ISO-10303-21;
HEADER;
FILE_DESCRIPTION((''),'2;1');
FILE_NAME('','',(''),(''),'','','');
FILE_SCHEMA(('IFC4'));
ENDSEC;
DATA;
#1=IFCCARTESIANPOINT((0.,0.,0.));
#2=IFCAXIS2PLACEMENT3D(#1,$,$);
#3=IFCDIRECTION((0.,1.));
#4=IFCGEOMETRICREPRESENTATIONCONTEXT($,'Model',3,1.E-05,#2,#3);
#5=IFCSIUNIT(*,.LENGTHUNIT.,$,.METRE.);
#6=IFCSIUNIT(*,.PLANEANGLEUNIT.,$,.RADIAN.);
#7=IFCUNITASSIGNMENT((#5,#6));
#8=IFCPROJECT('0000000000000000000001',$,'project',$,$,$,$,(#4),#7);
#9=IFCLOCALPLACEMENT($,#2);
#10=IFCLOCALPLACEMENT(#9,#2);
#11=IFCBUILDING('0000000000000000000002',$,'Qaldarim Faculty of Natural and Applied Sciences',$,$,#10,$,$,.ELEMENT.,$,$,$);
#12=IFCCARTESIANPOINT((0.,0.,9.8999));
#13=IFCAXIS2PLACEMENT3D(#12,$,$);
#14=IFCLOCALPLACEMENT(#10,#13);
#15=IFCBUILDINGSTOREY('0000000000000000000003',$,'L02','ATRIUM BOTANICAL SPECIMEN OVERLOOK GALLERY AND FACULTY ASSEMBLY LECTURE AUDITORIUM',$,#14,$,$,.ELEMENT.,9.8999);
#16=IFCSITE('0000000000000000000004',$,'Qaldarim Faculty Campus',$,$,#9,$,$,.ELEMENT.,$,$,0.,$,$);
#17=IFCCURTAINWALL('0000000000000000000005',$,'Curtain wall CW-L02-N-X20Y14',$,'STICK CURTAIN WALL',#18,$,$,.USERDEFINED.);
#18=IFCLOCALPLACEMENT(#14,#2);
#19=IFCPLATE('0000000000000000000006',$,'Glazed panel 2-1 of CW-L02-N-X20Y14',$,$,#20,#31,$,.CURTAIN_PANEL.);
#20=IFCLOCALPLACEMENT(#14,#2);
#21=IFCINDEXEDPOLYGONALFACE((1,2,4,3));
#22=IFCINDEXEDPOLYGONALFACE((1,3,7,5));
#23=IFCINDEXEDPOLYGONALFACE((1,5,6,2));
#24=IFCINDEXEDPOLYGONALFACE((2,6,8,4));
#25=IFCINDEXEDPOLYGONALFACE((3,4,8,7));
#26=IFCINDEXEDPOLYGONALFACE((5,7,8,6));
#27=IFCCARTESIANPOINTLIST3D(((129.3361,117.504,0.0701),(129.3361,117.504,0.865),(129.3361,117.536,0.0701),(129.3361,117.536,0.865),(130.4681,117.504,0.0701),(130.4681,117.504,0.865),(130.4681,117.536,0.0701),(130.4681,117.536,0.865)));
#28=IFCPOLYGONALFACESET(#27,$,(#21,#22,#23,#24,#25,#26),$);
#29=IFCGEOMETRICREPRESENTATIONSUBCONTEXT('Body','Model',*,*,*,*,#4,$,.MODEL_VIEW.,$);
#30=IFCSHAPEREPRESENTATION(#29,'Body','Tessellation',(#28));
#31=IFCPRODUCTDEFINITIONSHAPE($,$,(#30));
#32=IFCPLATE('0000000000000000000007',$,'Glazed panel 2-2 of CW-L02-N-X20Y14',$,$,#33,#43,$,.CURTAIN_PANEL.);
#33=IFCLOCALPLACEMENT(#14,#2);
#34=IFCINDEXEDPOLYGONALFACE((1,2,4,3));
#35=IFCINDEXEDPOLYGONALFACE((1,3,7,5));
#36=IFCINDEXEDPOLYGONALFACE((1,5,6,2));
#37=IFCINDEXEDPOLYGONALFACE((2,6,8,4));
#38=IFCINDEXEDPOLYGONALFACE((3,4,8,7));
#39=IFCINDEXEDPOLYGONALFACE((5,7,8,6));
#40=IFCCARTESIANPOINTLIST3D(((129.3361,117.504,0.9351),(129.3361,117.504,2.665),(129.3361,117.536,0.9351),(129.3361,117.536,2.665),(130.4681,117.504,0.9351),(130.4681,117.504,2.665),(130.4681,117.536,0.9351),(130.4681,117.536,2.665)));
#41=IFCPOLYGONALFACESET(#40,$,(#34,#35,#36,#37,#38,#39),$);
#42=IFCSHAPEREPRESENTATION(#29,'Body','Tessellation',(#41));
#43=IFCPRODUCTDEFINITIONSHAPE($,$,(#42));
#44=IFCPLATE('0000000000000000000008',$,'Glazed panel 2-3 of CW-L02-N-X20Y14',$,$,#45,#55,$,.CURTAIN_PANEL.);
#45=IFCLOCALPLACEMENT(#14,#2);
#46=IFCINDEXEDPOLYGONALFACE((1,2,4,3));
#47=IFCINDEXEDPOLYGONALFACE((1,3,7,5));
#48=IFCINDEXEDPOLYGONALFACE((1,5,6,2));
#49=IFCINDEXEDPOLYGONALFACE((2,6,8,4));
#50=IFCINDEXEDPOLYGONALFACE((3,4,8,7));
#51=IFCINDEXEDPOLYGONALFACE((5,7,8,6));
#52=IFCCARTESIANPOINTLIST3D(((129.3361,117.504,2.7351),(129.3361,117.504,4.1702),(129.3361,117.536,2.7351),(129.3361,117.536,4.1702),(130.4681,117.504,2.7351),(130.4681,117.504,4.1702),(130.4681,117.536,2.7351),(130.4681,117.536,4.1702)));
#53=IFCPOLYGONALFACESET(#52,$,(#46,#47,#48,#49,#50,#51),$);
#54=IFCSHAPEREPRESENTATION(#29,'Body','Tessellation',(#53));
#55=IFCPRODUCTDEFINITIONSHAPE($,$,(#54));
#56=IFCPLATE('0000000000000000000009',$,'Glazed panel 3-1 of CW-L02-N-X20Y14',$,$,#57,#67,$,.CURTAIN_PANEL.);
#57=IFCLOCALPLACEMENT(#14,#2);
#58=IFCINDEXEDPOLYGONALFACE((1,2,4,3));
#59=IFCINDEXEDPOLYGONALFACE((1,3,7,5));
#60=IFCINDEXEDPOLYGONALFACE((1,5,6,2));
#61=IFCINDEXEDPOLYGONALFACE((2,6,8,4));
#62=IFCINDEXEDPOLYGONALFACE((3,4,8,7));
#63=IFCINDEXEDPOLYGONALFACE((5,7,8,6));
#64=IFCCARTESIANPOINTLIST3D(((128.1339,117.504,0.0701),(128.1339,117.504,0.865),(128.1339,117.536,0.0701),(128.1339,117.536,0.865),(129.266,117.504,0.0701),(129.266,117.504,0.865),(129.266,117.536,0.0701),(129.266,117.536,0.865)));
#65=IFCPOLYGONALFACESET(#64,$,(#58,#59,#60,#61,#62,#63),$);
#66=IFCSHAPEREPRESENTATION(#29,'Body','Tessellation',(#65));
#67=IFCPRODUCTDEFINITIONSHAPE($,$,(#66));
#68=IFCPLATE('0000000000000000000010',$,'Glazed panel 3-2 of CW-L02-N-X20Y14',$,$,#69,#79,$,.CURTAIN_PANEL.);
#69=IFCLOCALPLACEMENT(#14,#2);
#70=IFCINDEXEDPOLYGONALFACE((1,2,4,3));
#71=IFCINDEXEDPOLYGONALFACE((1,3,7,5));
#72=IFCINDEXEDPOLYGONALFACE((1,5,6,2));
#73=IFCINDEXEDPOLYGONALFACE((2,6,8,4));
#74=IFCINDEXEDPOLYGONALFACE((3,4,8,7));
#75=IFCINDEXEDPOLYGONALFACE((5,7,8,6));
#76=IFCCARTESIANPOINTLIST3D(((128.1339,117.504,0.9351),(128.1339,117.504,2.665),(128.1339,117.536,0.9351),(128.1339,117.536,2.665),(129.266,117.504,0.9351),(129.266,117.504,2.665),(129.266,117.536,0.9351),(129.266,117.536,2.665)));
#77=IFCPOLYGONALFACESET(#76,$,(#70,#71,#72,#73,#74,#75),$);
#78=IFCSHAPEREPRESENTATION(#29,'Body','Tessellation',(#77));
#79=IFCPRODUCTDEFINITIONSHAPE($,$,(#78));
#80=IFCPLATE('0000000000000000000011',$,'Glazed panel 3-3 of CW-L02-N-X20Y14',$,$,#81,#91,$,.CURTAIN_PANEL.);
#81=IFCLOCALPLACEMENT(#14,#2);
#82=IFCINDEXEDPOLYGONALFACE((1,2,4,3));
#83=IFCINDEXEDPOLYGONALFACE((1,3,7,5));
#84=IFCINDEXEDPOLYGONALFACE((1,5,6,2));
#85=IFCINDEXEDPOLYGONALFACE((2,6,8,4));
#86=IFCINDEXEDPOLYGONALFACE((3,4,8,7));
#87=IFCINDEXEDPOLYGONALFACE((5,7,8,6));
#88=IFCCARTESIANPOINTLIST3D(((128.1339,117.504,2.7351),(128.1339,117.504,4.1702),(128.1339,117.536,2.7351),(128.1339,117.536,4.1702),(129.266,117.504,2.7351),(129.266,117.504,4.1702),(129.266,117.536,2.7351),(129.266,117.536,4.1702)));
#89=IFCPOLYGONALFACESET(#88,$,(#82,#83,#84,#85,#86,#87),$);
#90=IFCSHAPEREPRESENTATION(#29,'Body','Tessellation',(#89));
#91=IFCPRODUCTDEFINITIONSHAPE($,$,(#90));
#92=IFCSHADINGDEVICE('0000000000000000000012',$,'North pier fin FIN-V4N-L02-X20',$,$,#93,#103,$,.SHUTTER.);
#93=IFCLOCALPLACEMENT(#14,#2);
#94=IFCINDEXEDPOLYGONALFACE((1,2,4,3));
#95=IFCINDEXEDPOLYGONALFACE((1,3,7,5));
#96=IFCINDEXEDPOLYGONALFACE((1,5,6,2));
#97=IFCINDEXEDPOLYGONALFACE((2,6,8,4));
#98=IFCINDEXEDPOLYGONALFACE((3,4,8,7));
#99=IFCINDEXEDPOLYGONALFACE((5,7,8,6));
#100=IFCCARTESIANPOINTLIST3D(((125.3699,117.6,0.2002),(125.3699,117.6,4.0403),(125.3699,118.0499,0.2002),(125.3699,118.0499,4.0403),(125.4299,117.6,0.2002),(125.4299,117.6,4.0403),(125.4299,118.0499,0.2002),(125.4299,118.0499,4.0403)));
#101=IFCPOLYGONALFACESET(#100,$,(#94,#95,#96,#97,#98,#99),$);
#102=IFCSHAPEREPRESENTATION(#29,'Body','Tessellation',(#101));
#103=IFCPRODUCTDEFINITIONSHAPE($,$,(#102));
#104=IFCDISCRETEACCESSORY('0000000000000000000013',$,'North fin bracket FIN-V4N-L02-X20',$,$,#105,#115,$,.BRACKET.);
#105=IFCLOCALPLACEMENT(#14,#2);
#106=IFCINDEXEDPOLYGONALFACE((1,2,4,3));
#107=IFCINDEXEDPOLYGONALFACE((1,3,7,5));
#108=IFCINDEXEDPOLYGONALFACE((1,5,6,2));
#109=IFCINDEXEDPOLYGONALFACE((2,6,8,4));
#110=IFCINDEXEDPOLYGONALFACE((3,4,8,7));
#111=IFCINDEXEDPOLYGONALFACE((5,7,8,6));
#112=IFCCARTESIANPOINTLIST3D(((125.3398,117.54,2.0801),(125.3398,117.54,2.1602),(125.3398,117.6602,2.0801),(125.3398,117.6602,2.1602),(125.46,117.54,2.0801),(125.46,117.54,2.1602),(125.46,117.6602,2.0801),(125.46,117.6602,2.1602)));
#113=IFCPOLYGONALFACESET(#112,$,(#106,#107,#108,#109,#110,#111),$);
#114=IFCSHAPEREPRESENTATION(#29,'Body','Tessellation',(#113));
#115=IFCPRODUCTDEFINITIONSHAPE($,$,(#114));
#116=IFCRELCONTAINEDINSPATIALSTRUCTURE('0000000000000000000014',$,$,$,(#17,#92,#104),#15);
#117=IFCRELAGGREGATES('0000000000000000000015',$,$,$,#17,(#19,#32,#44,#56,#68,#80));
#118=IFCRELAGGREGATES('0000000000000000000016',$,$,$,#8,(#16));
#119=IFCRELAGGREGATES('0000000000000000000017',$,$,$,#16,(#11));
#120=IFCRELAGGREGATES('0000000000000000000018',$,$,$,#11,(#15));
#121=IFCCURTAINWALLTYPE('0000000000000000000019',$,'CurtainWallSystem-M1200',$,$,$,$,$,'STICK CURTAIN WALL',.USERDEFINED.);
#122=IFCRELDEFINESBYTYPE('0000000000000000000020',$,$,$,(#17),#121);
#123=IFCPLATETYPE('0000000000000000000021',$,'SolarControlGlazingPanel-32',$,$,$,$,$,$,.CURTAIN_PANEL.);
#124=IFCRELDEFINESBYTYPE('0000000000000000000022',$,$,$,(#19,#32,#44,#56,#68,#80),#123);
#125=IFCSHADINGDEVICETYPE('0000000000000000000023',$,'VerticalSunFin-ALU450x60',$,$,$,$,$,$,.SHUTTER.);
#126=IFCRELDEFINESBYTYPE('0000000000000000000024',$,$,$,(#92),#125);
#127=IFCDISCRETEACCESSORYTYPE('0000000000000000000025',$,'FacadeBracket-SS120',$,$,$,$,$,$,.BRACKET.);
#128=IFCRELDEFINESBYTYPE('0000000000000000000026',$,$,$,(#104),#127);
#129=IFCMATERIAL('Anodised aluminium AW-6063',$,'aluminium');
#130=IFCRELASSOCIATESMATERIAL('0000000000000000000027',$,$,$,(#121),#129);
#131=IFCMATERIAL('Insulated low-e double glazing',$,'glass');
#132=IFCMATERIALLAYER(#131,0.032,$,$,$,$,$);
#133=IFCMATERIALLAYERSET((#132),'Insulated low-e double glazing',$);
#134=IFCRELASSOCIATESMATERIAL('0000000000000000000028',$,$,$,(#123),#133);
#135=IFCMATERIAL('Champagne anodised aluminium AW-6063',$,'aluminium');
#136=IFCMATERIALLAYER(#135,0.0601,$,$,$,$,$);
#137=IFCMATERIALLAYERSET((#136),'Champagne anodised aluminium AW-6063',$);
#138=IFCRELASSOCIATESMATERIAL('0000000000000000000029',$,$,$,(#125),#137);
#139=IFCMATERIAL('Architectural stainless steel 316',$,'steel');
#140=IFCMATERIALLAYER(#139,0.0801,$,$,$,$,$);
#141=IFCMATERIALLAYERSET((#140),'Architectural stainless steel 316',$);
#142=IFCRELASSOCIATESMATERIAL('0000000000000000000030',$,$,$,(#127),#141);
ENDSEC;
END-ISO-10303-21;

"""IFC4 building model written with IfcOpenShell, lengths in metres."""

from ifc_helpers import new_model, si_unit, direction, frame, origin, origin_2d, place, context, subcontext, project, spatial, rectangle, extrude, material, layer, layer_set, type_object, element, aggregate, save


model = new_model("IFC4")

# Units and contexts
model_context = context("Model", 3, precision=1e-05, world=origin(), true_north=direction((0.0, 1.0)))
body_context = subcontext(model_context, "Body", "Model", "MODEL_VIEW")
ifc_project = project(units=[si_unit("LENGTHUNIT", "METRE"), si_unit("PLANEANGLEUNIT", "RADIAN")], contexts=[model_context])

# Site, building, storey
site_placement = place(None, origin())
site = spatial("IfcSite", under=ifc_project, at=site_placement, Name="Qaldarim Faculty Campus", CompositionType="ELEMENT", RefElevation=0.0)
building_placement = place(site_placement, origin())
building = spatial("IfcBuilding", under=site, at=building_placement, Name="Qaldarim Faculty of Natural and Applied Sciences", CompositionType="ELEMENT")
storey_placement = place(building_placement, frame((0.0, 0.0, 9.8999)))
storey = spatial("IfcBuildingStorey", under=building, at=storey_placement, Name="L02", Description="ATRIUM BOTANICAL SPECIMEN OVERLOOK GALLERY AND FACULTY ASSEMBLY LECTURE AUDITORIUM", CompositionType="ELEMENT", Elevation=9.8999)

# Curtain wall
ifc_material_1 = material(Name="Anodised aluminium AW-6063", Category="aluminium")
curtain_wall_type = type_object("IfcCurtainWallType", Name="CurtainWallSystem-M1200", ElementType="STICK CURTAIN WALL", PredefinedType="USERDEFINED", material=ifc_material_1)
curtain_wall_placement = place(storey_placement, origin())
curtain_wall = element("IfcCurtainWall", 1, at=curtain_wall_placement, inside=storey, type_object=curtain_wall_type, Name="Curtain wall CW-L02-N-X20Y14", ObjectType="STICK CURTAIN WALL", PredefinedType="USERDEFINED")

# Plates
ifc_material_2 = material(Name="Insulated low-e double glazing", Category="glass")
ifc_layer_1 = layer(ifc_material_2, 0.032)
ifc_layer_set_1 = layer_set([ifc_layer_1], Name="Insulated low-e double glazing")
plate_type = type_object("IfcPlateType", Name="SolarControlGlazingPanel-32", PredefinedType="CURTAIN_PANEL", material=ifc_layer_set_1)
plate_1_placement = place(storey_placement, frame((129.9021, 117.52, 0.0701), z_axis=(0.0, 0.0, 1.0), x_axis=(-1.0, 0.0, 0.0)))
plate_1 = element("IfcPlate", 2, at=plate_1_placement, type_object=plate_type, Name="Glazed panel 2-1 of CW-L02-N-X20Y14", PredefinedType="CURTAIN_PANEL", context=body_context, shape_type="SweptSolid", body=[
    extrude(rectangle(XDim=1.1321, YDim=0.032, at=origin_2d()), origin(), (0.0, 0.0, 1.0), 0.7949),
])
plate_2_placement = place(storey_placement, frame((129.9021, 117.52, 0.9351), z_axis=(0.0, 0.0, 1.0), x_axis=(-1.0, 0.0, 0.0)))
plate_2 = element("IfcPlate", 3, at=plate_2_placement, type_object=plate_type, Name="Glazed panel 2-2 of CW-L02-N-X20Y14", PredefinedType="CURTAIN_PANEL", context=body_context, shape_type="SweptSolid", body=[
    extrude(rectangle(XDim=1.1321, YDim=0.032, at=origin_2d()), origin(), (0.0, 0.0, 1.0), 1.73),
])
plate_3_placement = place(storey_placement, frame((129.9021, 117.52, 2.7351), z_axis=(0.0, 0.0, 1.0), x_axis=(-1.0, 0.0, 0.0)))
plate_3 = element("IfcPlate", 4, at=plate_3_placement, type_object=plate_type, Name="Glazed panel 2-3 of CW-L02-N-X20Y14", PredefinedType="CURTAIN_PANEL", context=body_context, shape_type="SweptSolid", body=[
    extrude(rectangle(XDim=1.1321, YDim=0.032, at=origin_2d()), origin(), (0.0, 0.0, 1.0), 1.4351),
])
plate_4_placement = place(storey_placement, frame((128.7, 117.52, 0.0701), z_axis=(0.0, 0.0, 1.0), x_axis=(-1.0, 0.0, 0.0)))
plate_4 = element("IfcPlate", 5, at=plate_4_placement, type_object=plate_type, Name="Glazed panel 3-1 of CW-L02-N-X20Y14", PredefinedType="CURTAIN_PANEL", context=body_context, shape_type="SweptSolid", body=[
    extrude(rectangle(XDim=1.1321, YDim=0.032, at=origin_2d()), origin(), (0.0, 0.0, 1.0), 0.7949),
])
plate_5_placement = place(storey_placement, frame((128.7, 117.52, 0.9351), z_axis=(0.0, 0.0, 1.0), x_axis=(-1.0, 0.0, 0.0)))
plate_5 = element("IfcPlate", 6, at=plate_5_placement, type_object=plate_type, Name="Glazed panel 3-2 of CW-L02-N-X20Y14", PredefinedType="CURTAIN_PANEL", context=body_context, shape_type="SweptSolid", body=[
    extrude(rectangle(XDim=1.1321, YDim=0.032, at=origin_2d()), origin(), (0.0, 0.0, 1.0), 1.73),
])
plate_6_placement = place(storey_placement, frame((128.7, 117.52, 2.7351), z_axis=(0.0, 0.0, 1.0), x_axis=(-1.0, 0.0, 0.0)))
plate_6 = element("IfcPlate", 7, at=plate_6_placement, type_object=plate_type, Name="Glazed panel 3-3 of CW-L02-N-X20Y14", PredefinedType="CURTAIN_PANEL", context=body_context, shape_type="SweptSolid", body=[
    extrude(rectangle(XDim=1.1321, YDim=0.032, at=origin_2d()), origin(), (0.0, 0.0, 1.0), 1.4351),
])
aggregate(curtain_wall, [plate_1, plate_2, plate_3, plate_4, plate_5, plate_6])

# Shading device
ifc_material_3 = material(Name="Champagne anodised aluminium AW-6063", Category="aluminium")
ifc_layer_2 = layer(ifc_material_3, 0.0601)
ifc_layer_set_2 = layer_set([ifc_layer_2], Name="Champagne anodised aluminium AW-6063")
shading_device_type = type_object("IfcShadingDeviceType", Name="VerticalSunFin-ALU450x60", PredefinedType="SHUTTER", material=ifc_layer_set_2)
shading_device_placement = place(storey_placement, frame((125.3999, 117.825, 0.2002), z_axis=(0.0, 0.0, 1.0), x_axis=(1.0, 0.0, 0.0)))
element("IfcShadingDevice", 8, at=shading_device_placement, inside=storey, type_object=shading_device_type, Name="North pier fin FIN-V4N-L02-X20", PredefinedType="SHUTTER", context=body_context, shape_type="SweptSolid", body=[
    extrude(rectangle(XDim=0.0601, YDim=0.45, at=origin_2d()), origin(), (0.0, 0.0, 1.0), 3.8401),
])

# Discrete accessory
ifc_material_4 = material(Name="Architectural stainless steel 316", Category="steel")
ifc_layer_3 = layer(ifc_material_4, 0.0801)
ifc_layer_set_3 = layer_set([ifc_layer_3], Name="Architectural stainless steel 316")
discrete_accessory_type = type_object("IfcDiscreteAccessoryType", Name="FacadeBracket-SS120", PredefinedType="BRACKET", material=ifc_layer_set_3)
discrete_accessory_placement = place(storey_placement, frame((125.3999, 117.6001, 2.0801), z_axis=(0.0, 0.0, 1.0), x_axis=(1.0, 0.0, 0.0)))
element("IfcDiscreteAccessory", 9, at=discrete_accessory_placement, inside=storey, type_object=discrete_accessory_type, Name="North fin bracket FIN-V4N-L02-X20", PredefinedType="BRACKET", context=body_context, shape_type="SweptSolid", body=[
    extrude(rectangle(XDim=0.1201, YDim=0.1201, at=origin_2d()), origin(), (0.0, 0.0, 1.0), 0.0801),
])

save(model, "model.ifc")
